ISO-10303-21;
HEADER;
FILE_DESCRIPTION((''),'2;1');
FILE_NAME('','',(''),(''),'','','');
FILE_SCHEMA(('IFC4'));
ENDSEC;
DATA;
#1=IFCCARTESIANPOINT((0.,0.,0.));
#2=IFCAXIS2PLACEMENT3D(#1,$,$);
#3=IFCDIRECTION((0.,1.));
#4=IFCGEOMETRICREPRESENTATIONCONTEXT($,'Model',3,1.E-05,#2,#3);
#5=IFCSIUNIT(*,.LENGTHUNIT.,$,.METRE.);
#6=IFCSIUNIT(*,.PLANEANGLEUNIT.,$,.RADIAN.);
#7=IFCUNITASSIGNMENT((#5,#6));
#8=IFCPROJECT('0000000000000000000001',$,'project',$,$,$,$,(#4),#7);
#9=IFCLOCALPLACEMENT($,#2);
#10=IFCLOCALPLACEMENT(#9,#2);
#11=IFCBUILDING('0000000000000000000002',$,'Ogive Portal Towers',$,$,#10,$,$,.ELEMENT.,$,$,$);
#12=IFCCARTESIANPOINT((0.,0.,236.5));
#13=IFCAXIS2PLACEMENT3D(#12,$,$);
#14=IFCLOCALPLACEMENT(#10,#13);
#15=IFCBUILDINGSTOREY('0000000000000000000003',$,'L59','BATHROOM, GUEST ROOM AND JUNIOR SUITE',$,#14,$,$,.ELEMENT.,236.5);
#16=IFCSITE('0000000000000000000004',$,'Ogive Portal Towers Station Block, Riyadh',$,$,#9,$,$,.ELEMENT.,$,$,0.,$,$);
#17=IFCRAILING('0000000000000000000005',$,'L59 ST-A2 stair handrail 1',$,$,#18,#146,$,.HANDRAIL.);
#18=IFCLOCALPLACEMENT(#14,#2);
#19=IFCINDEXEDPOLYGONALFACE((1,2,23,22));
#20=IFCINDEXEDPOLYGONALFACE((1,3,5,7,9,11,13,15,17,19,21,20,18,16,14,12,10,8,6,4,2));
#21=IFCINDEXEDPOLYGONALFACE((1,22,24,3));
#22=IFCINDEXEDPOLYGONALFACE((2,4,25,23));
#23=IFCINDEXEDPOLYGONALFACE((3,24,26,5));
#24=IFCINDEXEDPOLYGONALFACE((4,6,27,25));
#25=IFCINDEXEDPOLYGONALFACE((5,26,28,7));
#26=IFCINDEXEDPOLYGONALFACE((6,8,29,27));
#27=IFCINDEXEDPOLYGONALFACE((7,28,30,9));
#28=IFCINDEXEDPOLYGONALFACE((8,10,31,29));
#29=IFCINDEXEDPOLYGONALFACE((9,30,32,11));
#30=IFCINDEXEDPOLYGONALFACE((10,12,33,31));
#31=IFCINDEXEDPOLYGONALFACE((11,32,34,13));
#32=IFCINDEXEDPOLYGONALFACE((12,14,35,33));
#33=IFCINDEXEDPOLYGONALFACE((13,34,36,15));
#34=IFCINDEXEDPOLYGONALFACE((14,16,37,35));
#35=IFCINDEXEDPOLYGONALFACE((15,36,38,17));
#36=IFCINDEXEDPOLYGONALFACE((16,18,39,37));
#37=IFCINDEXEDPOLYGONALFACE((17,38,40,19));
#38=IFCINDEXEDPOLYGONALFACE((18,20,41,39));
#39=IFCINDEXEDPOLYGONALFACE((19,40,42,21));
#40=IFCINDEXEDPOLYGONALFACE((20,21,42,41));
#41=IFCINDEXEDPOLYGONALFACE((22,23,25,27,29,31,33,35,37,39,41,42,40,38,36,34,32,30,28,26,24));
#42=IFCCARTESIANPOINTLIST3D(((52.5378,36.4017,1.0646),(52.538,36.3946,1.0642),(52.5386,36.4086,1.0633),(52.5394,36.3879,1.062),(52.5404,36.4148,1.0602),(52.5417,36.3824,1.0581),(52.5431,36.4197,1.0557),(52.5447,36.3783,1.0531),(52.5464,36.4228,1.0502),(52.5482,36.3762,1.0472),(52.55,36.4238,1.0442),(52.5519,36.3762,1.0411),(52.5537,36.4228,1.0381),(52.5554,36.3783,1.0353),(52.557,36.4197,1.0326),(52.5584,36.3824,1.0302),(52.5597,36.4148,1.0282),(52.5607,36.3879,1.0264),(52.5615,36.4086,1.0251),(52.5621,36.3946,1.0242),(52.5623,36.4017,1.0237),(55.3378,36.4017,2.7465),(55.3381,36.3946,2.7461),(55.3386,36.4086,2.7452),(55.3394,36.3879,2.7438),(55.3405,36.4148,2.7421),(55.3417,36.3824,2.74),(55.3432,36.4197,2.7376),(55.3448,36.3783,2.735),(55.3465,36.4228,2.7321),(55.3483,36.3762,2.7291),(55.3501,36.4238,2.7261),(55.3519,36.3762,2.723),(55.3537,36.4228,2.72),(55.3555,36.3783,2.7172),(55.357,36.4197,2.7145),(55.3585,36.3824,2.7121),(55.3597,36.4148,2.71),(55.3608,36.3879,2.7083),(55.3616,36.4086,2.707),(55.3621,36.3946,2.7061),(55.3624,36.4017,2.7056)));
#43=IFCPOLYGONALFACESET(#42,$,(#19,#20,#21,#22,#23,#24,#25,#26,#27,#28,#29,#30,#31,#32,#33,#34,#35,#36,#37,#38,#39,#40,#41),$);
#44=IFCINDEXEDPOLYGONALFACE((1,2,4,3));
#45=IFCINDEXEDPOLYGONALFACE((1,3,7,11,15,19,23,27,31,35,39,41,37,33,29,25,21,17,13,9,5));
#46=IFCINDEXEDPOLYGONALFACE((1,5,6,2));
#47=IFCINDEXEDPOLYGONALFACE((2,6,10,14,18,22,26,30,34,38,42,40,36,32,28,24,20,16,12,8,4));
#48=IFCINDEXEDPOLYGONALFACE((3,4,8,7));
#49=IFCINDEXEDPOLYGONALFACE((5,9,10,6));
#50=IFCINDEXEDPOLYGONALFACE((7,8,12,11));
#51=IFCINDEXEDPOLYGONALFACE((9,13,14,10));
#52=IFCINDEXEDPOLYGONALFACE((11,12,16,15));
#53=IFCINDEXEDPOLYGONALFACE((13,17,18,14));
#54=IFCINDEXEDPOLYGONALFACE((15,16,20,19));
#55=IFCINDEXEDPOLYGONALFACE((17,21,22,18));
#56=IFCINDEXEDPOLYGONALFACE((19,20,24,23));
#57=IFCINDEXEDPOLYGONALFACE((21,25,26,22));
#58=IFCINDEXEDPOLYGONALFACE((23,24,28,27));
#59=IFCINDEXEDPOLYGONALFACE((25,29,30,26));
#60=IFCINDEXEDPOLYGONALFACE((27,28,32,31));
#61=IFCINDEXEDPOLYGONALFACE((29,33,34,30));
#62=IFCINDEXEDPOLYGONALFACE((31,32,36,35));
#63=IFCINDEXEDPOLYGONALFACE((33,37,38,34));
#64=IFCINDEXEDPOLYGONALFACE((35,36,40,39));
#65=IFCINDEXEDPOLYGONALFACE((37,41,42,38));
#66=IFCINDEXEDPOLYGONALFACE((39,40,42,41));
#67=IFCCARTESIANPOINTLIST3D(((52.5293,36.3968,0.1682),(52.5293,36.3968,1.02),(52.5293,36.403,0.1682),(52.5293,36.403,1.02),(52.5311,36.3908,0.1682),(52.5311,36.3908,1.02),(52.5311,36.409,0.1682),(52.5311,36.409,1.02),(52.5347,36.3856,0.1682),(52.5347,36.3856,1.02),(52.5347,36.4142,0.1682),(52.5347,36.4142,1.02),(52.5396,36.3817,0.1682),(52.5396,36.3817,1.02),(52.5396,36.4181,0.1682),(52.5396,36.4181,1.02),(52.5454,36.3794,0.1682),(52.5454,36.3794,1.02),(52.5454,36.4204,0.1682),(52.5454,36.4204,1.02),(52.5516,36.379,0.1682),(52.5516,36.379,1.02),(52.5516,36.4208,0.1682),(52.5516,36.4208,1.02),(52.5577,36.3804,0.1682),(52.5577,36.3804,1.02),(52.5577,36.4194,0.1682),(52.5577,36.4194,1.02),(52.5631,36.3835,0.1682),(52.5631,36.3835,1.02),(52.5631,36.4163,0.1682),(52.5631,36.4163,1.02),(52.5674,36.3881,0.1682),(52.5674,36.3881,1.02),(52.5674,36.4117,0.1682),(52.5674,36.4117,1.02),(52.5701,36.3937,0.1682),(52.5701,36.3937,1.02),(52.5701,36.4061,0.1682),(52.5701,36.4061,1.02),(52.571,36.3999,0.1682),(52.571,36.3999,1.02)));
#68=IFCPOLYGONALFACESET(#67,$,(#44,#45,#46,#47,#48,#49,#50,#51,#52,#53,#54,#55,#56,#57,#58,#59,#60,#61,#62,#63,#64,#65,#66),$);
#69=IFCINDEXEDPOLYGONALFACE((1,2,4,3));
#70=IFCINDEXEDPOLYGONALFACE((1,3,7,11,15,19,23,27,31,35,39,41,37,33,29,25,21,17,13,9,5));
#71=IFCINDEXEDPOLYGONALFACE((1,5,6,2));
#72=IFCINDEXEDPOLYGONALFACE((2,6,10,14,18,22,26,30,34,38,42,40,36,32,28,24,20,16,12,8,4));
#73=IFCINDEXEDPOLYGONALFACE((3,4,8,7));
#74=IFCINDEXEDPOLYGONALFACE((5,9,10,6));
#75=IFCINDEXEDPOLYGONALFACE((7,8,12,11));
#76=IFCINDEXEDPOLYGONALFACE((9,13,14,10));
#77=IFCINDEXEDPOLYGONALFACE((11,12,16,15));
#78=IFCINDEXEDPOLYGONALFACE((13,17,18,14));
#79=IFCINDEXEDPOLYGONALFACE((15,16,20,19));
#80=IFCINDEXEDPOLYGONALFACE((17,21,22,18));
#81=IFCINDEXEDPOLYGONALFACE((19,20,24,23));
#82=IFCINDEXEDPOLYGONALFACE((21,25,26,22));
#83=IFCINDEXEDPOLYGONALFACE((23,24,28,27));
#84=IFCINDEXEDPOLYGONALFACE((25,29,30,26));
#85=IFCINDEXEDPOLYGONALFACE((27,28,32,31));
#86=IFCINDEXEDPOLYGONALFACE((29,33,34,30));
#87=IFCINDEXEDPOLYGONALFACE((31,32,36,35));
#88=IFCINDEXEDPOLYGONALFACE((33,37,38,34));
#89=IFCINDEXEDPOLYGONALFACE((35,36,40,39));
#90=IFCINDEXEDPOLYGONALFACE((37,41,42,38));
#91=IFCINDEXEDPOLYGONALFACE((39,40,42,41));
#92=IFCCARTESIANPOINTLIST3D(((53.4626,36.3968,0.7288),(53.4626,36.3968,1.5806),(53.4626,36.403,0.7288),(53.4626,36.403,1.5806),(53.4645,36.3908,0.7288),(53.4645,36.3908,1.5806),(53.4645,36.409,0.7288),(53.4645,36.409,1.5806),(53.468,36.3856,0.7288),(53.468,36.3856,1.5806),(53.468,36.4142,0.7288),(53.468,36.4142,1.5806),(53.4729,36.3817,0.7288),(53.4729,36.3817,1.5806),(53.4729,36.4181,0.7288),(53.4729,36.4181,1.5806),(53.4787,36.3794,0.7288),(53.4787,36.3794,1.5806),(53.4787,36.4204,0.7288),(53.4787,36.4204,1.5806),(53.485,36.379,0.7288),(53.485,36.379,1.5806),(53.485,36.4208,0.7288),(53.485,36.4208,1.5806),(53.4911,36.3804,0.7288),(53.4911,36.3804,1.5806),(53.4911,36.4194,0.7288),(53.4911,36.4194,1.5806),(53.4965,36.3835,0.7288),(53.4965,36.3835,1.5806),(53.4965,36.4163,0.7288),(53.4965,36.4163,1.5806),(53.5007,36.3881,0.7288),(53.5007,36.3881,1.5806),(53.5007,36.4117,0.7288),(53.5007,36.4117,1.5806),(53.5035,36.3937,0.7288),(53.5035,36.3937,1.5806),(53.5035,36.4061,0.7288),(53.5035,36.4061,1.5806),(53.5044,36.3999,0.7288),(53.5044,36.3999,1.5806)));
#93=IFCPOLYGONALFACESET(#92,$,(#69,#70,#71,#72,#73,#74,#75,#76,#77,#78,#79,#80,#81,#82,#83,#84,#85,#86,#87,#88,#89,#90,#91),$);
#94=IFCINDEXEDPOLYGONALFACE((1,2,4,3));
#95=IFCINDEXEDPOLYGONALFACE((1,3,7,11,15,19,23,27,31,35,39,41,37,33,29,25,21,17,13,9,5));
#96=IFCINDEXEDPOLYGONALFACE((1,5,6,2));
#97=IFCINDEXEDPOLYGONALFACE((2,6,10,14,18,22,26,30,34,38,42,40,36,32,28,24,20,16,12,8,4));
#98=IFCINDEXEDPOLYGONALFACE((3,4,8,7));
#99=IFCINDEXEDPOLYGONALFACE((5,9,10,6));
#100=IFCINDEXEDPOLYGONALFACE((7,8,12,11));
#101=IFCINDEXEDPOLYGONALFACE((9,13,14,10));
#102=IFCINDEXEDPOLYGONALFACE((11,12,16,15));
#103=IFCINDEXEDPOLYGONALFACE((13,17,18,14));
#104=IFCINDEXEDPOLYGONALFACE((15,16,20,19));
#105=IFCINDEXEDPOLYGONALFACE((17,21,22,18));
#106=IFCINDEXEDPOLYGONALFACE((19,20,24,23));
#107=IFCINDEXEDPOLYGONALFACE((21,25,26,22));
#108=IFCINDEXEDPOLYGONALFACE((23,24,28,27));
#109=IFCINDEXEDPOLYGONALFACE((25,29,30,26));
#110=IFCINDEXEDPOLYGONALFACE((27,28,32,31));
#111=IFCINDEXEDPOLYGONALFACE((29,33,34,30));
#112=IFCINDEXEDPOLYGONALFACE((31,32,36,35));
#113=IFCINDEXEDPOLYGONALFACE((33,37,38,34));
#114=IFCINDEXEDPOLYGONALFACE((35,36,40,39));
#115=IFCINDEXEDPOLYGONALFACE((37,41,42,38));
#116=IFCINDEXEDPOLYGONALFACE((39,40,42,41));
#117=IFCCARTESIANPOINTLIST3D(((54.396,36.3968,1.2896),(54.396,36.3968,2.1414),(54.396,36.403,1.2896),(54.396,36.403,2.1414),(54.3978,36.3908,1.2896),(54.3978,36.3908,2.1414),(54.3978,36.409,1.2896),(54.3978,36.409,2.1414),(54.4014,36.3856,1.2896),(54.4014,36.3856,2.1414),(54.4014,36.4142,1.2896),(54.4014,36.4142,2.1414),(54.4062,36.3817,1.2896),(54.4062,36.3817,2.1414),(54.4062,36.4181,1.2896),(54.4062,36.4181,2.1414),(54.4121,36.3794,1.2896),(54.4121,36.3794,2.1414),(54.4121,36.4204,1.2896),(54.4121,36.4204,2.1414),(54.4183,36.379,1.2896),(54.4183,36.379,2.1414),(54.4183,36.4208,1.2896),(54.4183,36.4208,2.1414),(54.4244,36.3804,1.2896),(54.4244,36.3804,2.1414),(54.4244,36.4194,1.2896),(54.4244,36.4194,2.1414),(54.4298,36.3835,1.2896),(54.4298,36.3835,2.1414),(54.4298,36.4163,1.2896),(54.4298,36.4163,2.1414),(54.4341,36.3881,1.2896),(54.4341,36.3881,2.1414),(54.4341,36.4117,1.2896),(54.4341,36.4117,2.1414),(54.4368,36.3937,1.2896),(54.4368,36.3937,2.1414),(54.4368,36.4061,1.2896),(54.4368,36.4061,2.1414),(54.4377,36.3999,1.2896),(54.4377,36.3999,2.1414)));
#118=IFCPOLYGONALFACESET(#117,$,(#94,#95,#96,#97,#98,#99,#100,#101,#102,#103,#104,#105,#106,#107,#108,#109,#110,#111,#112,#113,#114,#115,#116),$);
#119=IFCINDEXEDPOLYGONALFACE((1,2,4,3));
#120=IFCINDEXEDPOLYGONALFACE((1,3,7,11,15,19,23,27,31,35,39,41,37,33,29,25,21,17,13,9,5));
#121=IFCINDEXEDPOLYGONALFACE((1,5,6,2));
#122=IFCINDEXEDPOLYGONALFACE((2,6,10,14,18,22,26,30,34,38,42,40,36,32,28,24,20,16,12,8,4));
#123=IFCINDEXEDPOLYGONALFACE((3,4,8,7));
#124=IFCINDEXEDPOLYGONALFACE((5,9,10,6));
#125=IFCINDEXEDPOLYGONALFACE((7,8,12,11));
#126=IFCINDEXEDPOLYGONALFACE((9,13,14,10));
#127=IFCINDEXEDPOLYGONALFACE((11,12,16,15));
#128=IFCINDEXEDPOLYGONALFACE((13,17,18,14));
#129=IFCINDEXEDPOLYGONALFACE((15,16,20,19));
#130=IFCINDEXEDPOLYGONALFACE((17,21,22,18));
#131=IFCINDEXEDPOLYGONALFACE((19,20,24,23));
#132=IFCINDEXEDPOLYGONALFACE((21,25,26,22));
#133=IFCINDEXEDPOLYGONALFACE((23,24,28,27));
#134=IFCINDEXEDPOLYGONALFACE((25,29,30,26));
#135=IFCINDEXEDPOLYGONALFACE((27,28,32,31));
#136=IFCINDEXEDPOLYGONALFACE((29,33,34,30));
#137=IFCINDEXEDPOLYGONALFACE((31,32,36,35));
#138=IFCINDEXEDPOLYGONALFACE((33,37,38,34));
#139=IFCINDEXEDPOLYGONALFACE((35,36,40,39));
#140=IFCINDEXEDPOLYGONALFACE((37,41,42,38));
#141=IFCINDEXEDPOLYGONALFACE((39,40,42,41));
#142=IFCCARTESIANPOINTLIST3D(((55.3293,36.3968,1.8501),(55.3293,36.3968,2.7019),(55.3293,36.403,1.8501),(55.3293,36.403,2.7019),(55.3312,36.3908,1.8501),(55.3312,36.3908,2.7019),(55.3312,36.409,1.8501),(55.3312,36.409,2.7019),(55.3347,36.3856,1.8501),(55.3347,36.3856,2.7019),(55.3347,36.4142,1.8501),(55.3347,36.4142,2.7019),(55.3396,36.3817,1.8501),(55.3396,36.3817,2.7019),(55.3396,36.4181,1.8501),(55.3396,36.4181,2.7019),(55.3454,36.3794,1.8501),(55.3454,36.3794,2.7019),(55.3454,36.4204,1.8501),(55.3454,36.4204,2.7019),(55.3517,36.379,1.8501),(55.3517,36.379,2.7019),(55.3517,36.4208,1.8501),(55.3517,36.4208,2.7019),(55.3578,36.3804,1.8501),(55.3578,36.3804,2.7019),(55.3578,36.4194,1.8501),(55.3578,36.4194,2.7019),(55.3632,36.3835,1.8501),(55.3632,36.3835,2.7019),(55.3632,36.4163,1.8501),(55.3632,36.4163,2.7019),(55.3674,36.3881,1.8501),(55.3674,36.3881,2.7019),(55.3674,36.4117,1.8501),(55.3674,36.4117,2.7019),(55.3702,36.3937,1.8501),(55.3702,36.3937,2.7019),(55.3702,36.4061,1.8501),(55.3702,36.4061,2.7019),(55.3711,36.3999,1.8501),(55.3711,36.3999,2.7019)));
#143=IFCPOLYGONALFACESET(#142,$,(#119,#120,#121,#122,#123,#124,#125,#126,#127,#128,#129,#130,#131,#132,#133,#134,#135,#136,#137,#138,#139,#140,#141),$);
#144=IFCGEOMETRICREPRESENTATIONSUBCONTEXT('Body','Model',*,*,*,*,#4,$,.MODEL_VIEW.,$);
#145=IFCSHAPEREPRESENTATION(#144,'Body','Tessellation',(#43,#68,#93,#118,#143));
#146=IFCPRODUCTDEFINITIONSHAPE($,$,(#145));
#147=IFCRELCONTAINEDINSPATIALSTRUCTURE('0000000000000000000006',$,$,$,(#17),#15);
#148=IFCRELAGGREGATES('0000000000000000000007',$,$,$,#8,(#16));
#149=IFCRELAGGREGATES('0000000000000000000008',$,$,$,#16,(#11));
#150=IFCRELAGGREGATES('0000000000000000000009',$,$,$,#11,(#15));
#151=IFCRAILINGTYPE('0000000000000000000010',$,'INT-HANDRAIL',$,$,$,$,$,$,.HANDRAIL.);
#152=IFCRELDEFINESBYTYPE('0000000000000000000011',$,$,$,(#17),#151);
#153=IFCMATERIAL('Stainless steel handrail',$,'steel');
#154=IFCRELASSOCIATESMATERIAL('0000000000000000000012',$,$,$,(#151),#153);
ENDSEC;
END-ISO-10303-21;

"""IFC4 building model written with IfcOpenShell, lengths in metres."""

from ifc_helpers import new_model, si_unit, direction, frame, origin, origin_2d, place, context, subcontext, project, spatial, circle, extrude, material, type_object, element, save


model = new_model("IFC4")

# Units and contexts
model_context = context("Model", 3, precision=1e-05, world=origin(), true_north=direction((0.0, 1.0)))
body_context = subcontext(model_context, "Body", "Model", "MODEL_VIEW")
ifc_project = project(units=[si_unit("LENGTHUNIT", "METRE"), si_unit("PLANEANGLEUNIT", "RADIAN")], contexts=[model_context])

# Site, building, storey
site_placement = place(None, origin())
site = spatial("IfcSite", under=ifc_project, at=site_placement, Name="Ogive Portal Towers Station Block, Riyadh", CompositionType="ELEMENT", RefElevation=0.0)
building_placement = place(site_placement, origin())
building = spatial("IfcBuilding", under=site, at=building_placement, Name="Ogive Portal Towers", CompositionType="ELEMENT")
storey_placement = place(building_placement, frame((0.0, 0.0, 236.5)))
storey = spatial("IfcBuildingStorey", under=building, at=storey_placement, Name="L59", Description="BATHROOM, GUEST ROOM AND JUNIOR SUITE", CompositionType="ELEMENT", Elevation=236.5)

# Railing
ifc_material_1 = material(Name="Stainless steel handrail", Category="steel")
railing_type_1 = type_object("IfcRailingType", Name="INT-HANDRAIL", PredefinedType="HANDRAIL", material=ifc_material_1)
railing_1_placement = place(storey_placement, frame((52.55, 36.3999, 0.1682)))
element("IfcRailing", 1, at=railing_1_placement, inside=storey, type_object=railing_type_1, Name="L59 ST-A2 stair handrail 1", PredefinedType="HANDRAIL", context=body_context, shape_type="SweptSolid", body=[
    extrude(circle(Radius=0.0239, at=origin_2d()), frame((0.0, 0.0, 0.876), z_axis=(0.857242, 0.0, 0.514913), x_axis=(0.0, 1.0, 0.0)), (0.0, 0.0, 1.0), 3.2664),
    extrude(circle(Radius=0.021, at=origin_2d()), origin(), (0.0, 0.0, 1.0), 0.8518),
    extrude(circle(Radius=0.021, at=origin_2d()), frame((0.9333, 0.0, 0.5605)), (0.0, 0.0, 1.0), 0.8518),
    extrude(circle(Radius=0.021, at=origin_2d()), frame((1.8667, 0.0, 1.1213)), (0.0, 0.0, 1.0), 0.8518),
    extrude(circle(Radius=0.021, at=origin_2d()), frame((2.8, 0.0, 1.6819)), (0.0, 0.0, 1.0), 0.8518),
])

save(model, "model.ifc")
